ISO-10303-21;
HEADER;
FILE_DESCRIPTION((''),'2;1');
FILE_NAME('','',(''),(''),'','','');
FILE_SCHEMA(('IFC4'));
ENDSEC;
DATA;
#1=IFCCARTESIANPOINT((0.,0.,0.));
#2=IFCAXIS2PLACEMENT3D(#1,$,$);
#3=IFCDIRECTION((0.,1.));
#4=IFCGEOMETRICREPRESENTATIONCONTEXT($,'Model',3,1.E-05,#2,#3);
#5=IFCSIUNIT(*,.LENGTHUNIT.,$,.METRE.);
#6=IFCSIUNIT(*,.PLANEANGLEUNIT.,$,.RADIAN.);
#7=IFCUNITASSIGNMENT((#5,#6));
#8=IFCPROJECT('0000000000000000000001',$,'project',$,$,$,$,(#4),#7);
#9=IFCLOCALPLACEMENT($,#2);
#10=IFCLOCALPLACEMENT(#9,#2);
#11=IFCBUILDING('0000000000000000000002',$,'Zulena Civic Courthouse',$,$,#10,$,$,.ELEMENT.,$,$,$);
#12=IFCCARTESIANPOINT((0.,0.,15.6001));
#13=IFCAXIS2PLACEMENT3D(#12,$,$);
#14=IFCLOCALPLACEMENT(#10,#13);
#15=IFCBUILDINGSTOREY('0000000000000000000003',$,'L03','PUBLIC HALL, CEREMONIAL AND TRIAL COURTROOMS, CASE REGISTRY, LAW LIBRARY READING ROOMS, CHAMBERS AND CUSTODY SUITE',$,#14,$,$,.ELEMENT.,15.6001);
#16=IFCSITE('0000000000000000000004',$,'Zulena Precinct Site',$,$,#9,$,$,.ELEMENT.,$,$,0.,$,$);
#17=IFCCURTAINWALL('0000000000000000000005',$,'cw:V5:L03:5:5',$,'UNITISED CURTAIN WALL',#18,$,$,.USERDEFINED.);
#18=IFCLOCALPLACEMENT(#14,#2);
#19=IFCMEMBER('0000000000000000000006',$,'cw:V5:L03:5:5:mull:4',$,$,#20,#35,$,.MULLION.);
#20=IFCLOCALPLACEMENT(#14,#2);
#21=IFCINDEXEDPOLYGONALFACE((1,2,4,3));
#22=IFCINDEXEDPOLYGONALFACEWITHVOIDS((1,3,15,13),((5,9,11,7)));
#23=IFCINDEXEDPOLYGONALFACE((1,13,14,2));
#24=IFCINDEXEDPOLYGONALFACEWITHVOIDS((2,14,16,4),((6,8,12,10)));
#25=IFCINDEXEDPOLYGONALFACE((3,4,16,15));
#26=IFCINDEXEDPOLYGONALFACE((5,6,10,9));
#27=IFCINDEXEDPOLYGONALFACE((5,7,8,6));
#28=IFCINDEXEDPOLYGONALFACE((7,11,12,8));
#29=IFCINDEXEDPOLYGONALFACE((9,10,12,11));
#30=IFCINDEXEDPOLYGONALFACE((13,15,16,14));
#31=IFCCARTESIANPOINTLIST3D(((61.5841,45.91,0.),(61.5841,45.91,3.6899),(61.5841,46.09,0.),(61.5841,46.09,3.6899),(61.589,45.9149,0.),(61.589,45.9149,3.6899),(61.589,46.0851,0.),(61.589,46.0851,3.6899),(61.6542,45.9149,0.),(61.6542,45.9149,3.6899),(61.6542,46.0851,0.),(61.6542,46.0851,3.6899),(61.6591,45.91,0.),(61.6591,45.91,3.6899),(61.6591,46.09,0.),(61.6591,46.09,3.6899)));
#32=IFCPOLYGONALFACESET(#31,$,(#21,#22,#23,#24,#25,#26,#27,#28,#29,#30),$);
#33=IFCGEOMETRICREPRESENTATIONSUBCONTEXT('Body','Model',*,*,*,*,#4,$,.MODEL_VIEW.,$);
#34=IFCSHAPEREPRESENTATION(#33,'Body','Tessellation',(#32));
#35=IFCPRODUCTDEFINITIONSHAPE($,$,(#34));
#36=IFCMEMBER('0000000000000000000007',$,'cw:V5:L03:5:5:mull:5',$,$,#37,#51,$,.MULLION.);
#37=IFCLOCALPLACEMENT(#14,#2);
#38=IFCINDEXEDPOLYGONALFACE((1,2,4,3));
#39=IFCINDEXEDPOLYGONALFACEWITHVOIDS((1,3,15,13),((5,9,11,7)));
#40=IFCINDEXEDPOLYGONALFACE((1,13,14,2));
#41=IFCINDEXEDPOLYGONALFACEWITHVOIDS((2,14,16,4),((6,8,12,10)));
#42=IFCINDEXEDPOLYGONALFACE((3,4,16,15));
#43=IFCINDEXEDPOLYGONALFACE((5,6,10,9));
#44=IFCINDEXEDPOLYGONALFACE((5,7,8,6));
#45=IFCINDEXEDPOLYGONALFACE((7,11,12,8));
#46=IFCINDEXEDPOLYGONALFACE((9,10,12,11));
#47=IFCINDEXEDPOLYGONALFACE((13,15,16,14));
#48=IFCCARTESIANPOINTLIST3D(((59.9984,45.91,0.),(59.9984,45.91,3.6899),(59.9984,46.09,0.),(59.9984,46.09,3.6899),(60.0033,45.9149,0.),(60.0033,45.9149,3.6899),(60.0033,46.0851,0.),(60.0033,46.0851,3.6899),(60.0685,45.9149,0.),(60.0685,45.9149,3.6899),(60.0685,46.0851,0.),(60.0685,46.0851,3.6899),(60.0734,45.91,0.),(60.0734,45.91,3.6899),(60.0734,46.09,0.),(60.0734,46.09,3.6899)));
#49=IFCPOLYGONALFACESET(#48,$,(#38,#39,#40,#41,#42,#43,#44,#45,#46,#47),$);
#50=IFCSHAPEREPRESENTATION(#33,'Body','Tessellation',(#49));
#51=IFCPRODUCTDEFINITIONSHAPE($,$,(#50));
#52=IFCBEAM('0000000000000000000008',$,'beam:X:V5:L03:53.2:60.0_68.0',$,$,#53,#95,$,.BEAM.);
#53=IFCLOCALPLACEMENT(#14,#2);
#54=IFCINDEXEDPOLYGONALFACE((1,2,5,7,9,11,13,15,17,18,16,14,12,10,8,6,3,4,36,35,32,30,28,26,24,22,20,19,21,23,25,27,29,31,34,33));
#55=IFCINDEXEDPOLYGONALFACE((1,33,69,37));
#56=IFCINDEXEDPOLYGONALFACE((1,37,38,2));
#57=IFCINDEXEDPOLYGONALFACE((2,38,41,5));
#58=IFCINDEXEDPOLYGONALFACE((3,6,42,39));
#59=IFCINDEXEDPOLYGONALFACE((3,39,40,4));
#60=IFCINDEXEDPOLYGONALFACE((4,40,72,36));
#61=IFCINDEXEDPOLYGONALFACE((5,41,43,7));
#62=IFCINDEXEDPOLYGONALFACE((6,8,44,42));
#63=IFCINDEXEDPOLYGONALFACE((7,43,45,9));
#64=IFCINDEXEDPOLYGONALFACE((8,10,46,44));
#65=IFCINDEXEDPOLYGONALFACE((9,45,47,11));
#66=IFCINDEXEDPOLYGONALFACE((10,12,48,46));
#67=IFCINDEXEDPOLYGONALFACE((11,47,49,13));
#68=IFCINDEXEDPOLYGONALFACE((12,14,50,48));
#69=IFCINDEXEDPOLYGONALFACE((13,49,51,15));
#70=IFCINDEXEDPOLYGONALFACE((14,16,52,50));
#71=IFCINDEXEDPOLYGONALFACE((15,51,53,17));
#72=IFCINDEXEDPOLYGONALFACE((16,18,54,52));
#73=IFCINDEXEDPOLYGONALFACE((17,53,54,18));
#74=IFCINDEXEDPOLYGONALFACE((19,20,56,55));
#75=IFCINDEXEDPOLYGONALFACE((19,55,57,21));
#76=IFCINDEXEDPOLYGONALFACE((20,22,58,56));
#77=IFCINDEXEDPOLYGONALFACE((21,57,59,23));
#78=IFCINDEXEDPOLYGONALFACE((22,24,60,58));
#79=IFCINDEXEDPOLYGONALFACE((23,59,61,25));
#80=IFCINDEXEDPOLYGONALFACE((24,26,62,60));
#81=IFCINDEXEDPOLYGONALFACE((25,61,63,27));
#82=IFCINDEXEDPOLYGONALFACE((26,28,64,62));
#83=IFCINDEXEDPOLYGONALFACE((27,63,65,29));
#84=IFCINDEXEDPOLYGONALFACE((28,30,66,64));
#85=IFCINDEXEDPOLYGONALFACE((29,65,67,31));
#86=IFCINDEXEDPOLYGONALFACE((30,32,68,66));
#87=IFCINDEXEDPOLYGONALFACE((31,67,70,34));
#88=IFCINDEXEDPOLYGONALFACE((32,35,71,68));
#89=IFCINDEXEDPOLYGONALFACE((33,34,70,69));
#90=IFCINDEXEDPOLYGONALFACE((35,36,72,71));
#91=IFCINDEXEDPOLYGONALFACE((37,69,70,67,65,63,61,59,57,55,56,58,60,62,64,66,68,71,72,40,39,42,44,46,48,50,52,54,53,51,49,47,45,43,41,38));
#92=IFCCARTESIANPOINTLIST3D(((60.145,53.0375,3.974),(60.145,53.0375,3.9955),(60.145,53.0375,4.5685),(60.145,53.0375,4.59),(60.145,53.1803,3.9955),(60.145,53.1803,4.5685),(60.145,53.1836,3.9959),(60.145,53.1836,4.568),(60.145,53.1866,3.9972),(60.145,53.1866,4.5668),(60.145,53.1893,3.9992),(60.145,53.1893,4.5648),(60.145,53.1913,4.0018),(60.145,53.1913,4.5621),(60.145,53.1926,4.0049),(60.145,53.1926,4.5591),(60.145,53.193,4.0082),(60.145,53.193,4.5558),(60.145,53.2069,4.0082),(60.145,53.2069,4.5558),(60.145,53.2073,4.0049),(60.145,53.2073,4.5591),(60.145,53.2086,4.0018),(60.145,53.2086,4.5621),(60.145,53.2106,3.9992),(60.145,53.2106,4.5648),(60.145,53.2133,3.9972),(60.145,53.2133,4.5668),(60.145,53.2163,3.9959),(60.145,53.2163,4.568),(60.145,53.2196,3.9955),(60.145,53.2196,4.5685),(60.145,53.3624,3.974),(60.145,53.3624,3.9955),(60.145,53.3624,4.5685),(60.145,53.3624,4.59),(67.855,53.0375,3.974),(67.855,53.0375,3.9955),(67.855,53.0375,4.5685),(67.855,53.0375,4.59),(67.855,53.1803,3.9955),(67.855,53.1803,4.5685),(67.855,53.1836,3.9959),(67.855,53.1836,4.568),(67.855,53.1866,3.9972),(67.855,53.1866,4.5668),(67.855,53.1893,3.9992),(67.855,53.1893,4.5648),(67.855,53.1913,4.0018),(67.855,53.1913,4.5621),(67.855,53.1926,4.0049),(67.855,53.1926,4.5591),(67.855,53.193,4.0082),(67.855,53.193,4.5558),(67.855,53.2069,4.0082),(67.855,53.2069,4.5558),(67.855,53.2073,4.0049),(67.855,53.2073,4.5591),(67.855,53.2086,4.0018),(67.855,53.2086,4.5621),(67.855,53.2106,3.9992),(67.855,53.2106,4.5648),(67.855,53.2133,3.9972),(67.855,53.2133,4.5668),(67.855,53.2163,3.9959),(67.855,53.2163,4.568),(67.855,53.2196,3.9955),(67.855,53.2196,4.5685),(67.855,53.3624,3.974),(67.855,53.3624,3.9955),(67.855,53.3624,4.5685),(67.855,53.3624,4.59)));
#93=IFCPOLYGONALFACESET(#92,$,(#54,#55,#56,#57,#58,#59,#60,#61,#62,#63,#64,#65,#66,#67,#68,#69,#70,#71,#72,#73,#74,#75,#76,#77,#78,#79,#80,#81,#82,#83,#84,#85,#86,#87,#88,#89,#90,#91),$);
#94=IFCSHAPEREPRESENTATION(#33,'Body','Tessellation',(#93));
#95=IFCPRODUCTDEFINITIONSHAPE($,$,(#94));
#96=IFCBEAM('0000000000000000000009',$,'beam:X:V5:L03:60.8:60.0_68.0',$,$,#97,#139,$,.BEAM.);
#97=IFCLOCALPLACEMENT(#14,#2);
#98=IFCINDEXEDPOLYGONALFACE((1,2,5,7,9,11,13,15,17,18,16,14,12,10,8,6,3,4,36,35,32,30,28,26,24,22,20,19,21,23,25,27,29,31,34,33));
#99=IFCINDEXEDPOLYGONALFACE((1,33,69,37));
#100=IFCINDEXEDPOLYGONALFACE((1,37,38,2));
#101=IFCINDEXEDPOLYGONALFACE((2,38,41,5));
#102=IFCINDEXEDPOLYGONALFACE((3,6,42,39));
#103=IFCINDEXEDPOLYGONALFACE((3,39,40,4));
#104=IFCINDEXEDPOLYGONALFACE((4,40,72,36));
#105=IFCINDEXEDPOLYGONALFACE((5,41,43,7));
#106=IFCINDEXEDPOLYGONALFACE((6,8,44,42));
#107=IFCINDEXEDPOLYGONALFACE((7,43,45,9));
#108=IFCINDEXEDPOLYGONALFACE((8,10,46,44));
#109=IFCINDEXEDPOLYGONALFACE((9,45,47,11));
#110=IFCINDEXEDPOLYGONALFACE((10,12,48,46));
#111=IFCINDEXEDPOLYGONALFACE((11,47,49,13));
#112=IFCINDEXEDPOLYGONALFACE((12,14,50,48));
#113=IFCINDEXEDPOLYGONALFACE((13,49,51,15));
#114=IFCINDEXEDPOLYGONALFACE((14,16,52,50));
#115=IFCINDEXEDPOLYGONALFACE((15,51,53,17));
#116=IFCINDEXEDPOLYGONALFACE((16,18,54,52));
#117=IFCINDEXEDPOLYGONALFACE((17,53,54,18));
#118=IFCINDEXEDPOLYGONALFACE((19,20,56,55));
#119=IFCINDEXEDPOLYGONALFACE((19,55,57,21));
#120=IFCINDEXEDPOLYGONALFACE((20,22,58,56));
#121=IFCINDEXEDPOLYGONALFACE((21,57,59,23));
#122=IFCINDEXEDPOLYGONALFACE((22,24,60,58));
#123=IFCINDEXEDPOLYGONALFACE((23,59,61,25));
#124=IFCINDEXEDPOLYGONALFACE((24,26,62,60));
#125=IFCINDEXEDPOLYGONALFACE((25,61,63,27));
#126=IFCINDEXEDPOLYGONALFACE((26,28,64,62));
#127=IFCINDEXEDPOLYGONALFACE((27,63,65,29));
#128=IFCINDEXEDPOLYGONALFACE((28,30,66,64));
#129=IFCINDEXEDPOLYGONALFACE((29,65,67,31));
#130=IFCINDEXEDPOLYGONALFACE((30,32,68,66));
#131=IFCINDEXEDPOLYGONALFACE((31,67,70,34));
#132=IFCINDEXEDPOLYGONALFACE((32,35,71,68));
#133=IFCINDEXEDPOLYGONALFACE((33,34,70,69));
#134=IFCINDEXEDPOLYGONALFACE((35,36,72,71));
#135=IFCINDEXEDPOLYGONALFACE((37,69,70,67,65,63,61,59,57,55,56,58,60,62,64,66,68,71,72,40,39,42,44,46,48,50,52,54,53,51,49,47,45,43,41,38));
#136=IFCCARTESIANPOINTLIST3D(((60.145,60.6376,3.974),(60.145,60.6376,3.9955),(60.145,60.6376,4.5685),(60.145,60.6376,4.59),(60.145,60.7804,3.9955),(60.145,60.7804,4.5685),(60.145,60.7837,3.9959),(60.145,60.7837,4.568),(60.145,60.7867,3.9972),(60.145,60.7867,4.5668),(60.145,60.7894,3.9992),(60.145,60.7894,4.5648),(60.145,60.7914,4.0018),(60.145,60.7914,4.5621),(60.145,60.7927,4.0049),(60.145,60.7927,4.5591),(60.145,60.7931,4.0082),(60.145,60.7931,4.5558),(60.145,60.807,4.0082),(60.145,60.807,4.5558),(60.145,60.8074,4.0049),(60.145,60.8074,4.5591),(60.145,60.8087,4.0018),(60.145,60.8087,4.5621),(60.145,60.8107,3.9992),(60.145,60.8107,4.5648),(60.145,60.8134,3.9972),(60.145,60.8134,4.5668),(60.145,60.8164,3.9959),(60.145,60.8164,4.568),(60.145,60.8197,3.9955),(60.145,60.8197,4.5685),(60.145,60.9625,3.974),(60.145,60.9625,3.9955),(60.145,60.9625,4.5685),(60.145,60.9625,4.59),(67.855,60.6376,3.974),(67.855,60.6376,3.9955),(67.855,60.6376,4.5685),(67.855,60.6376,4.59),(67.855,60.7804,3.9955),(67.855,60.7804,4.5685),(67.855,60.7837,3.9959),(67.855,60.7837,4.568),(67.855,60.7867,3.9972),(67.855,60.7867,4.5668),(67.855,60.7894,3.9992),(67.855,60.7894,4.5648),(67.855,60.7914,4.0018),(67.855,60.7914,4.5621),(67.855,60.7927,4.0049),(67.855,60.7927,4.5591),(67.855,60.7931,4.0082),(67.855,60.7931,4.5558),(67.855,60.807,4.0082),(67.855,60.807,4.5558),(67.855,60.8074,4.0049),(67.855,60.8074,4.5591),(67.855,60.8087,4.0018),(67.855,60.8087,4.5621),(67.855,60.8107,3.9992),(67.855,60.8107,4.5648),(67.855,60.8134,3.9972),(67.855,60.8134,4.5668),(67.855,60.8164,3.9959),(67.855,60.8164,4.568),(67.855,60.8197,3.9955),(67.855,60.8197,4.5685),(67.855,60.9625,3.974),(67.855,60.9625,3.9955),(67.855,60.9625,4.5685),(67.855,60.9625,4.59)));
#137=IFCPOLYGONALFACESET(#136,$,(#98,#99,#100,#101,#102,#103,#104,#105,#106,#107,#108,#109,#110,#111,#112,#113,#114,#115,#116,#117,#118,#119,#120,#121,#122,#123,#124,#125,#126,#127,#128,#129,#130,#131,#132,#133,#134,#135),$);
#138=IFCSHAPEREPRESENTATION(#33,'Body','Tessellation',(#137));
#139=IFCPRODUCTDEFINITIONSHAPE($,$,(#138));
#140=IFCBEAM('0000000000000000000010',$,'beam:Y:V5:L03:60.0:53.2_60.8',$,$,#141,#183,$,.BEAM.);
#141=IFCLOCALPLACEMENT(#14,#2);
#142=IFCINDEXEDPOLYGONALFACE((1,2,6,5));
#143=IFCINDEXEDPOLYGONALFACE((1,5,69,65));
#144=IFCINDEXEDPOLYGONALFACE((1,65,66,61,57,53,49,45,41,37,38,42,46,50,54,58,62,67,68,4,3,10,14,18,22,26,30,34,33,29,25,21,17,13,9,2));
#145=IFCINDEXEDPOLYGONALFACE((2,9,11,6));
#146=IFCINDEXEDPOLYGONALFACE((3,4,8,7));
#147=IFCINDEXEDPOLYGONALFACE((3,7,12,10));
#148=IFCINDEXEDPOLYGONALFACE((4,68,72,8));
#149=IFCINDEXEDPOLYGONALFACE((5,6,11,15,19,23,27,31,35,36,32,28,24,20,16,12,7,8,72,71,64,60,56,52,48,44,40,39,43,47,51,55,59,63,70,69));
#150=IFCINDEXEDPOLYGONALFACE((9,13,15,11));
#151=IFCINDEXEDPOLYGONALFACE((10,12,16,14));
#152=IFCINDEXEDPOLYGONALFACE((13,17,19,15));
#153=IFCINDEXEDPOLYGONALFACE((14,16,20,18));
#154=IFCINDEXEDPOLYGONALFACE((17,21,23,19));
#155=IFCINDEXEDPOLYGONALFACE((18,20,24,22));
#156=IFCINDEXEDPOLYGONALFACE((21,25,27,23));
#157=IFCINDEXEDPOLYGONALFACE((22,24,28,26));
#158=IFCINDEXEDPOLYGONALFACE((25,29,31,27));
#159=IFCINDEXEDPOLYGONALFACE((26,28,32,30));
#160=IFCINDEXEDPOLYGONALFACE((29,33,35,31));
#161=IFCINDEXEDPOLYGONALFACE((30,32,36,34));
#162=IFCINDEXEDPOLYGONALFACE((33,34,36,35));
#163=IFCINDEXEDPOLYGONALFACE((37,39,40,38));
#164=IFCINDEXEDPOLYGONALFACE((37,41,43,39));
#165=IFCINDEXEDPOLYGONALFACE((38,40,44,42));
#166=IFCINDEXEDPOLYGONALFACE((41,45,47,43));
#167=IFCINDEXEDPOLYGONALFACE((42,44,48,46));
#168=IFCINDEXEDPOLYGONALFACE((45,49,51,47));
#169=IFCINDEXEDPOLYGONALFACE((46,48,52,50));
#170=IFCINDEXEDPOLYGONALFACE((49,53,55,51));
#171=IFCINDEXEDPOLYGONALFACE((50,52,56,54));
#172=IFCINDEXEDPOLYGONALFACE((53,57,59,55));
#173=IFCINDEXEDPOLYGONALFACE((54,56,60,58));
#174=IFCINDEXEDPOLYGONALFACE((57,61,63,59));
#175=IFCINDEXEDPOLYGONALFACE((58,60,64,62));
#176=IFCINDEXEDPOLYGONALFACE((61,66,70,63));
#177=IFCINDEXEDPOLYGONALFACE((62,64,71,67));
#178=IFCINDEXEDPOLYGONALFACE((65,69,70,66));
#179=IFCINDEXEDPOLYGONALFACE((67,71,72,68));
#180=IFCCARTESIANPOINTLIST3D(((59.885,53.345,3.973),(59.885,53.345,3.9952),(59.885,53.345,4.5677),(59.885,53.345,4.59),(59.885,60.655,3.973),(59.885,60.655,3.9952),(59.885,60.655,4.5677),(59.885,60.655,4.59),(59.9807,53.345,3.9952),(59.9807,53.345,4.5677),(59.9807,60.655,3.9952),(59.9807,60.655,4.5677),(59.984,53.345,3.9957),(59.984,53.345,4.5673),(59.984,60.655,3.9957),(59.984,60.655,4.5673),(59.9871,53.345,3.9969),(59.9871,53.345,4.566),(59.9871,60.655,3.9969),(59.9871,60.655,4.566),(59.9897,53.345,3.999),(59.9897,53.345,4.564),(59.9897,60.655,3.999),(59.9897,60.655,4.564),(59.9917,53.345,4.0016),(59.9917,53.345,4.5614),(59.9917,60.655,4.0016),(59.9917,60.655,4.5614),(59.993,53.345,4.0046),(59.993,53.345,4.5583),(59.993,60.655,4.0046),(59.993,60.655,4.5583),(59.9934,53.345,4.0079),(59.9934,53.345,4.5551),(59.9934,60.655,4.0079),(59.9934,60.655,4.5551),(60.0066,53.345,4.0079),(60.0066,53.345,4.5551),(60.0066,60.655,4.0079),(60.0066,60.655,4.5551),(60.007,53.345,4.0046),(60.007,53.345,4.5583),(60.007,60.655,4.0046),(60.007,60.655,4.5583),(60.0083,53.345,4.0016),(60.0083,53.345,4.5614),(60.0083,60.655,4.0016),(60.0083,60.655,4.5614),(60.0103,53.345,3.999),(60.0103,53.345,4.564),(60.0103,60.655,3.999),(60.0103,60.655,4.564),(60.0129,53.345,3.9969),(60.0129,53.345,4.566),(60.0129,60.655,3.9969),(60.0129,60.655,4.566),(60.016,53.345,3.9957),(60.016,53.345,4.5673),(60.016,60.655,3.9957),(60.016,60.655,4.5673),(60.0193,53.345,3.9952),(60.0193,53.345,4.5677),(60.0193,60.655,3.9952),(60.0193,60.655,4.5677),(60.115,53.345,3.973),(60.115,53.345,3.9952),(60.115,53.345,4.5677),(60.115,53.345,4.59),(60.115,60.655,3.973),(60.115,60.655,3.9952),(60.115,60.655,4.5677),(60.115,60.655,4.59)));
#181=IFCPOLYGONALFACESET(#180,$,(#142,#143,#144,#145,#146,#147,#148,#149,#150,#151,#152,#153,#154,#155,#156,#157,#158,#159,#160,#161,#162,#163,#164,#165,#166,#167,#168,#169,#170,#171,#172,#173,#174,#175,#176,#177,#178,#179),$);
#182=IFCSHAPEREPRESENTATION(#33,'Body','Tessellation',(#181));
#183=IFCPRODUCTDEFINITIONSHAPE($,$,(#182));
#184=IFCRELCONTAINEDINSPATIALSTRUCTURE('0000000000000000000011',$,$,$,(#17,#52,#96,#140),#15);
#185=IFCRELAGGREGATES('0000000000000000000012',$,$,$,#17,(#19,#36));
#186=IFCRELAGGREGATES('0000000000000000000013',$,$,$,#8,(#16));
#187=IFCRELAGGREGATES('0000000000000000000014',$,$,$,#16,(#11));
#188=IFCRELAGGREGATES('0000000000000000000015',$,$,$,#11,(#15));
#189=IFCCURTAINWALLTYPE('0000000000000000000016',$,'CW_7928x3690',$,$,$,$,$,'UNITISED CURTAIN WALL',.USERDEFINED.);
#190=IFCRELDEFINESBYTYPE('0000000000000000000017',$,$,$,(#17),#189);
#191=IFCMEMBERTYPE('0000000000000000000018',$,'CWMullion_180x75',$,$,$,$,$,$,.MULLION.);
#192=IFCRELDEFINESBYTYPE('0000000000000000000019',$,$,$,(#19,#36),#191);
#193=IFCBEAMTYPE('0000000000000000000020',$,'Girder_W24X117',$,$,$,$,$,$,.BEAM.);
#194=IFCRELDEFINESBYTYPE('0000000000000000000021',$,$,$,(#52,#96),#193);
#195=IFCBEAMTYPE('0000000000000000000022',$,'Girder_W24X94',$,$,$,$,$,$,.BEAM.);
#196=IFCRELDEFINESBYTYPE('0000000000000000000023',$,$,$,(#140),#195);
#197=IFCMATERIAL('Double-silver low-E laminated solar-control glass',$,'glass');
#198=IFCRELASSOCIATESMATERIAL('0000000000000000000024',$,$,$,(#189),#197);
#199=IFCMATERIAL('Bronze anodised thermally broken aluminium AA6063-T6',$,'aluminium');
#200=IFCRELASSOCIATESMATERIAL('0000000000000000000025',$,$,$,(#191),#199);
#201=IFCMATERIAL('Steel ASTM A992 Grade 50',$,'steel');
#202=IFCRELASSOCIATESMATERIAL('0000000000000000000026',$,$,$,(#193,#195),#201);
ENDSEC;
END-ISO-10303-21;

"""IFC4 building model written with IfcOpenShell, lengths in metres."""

from ifc_helpers import new_model, si_unit, direction, frame, origin, origin_2d, place, context, subcontext, project, spatial, hollow_rectangle, i_section, extrude, material, material_profile, profile_set, type_object, element, aggregate, save


model = new_model("IFC4")

# Units and contexts
model_context = context("Model", 3, precision=1e-05, world=origin(), true_north=direction((0.0, 1.0)))
body_context = subcontext(model_context, "Body", "Model", "MODEL_VIEW")
ifc_project = project(units=[si_unit("LENGTHUNIT", "METRE"), si_unit("PLANEANGLEUNIT", "RADIAN")], contexts=[model_context])

# Site, building, storey
site_placement = place(None, origin())
site = spatial("IfcSite", under=ifc_project, at=site_placement, Name="Zulena Precinct Site", CompositionType="ELEMENT", RefElevation=0.0)
building_placement = place(site_placement, origin())
building = spatial("IfcBuilding", under=site, at=building_placement, Name="Zulena Civic Courthouse", CompositionType="ELEMENT")
storey_placement = place(building_placement, frame((0.0, 0.0, 15.6001)))
storey = spatial("IfcBuildingStorey", under=building, at=storey_placement, Name="L03", Description="PUBLIC HALL, CEREMONIAL AND TRIAL COURTROOMS, CASE REGISTRY, LAW LIBRARY READING ROOMS, CHAMBERS AND CUSTODY SUITE", CompositionType="ELEMENT", Elevation=15.6001)

# Shared definitions
ifc_material_1 = material(Name="Steel ASTM A992 Grade 50", Category="steel")

# Curtain wall, members
ifc_material_2 = material(Name="Double-silver low-E laminated solar-control glass", Category="glass")
curtain_wall_type = type_object("IfcCurtainWallType", Name="CW_7928x3690", ElementType="UNITISED CURTAIN WALL", PredefinedType="USERDEFINED", material=ifc_material_2)
curtain_wall_placement = place(storey_placement, origin())
curtain_wall = element("IfcCurtainWall", 1, at=curtain_wall_placement, inside=storey, type_object=curtain_wall_type, Name="cw:V5:L03:5:5", ObjectType="UNITISED CURTAIN WALL", PredefinedType="USERDEFINED")
ifc_material_3 = material(Name="Bronze anodised thermally broken aluminium AA6063-T6", Category="aluminium")
ifc_material_profile_1 = material_profile(ifc_material_3, hollow_rectangle(XDim=0.075, YDim=0.1799, WallThickness=0.0049, at=origin_2d()), Name="CWM180X75X5")
ifc_profile_set_1 = profile_set([ifc_material_profile_1], Name="Bronze anodised thermally broken aluminium AA6063-T6")
member_type = type_object("IfcMemberType", Name="CWMullion_180x75", PredefinedType="MULLION", material=ifc_profile_set_1)
member_1_placement = place(storey_placement, frame((61.6216, 46.0, 0.0), z_axis=(0.0, 0.0, 1.0), x_axis=(1.0, 0.0, 0.0)))
member_1 = element("IfcMember", 2, at=member_1_placement, type_object=member_type, Name="cw:V5:L03:5:5:mull:4", PredefinedType="MULLION", context=body_context, shape_type="SweptSolid", body=[
    extrude(hollow_rectangle(XDim=0.075, YDim=0.1799, WallThickness=0.0049, at=origin_2d()), origin(), (0.0, 0.0, 1.0), 3.6899),
])
member_2_placement = place(storey_placement, frame((60.0359, 46.0, 0.0), z_axis=(0.0, 0.0, 1.0), x_axis=(1.0, 0.0, 0.0)))
member_2 = element("IfcMember", 3, at=member_2_placement, type_object=member_type, Name="cw:V5:L03:5:5:mull:5", PredefinedType="MULLION", context=body_context, shape_type="SweptSolid", body=[
    extrude(hollow_rectangle(XDim=0.075, YDim=0.1799, WallThickness=0.0049, at=origin_2d()), origin(), (0.0, 0.0, 1.0), 3.6899),
])

# Beams
ifc_material_profile_2 = material_profile(ifc_material_1, i_section(OverallWidth=0.325, OverallDepth=0.616, WebThickness=0.0139, FlangeThickness=0.0215, FilletRadius=0.0127, at=origin_2d()), Name="W24X117")
ifc_profile_set_2 = profile_set([ifc_material_profile_2], Name="Steel ASTM A992 Grade 50")
beam_type_1 = type_object("IfcBeamType", Name="Girder_W24X117", PredefinedType="BEAM", material=ifc_profile_set_2)
for number, where, z_axis, x_axis, name in (
    (4, (60.145, 53.2, 4.282), (1.0, 0.0, 0.0), (0.0, 1.0, 0.0), "beam:X:V5:L03:53.2:60.0_68.0"),
    (5, (60.145, 60.8, 4.282), (1.0, 0.0, 0.0), (0.0, 1.0, 0.0), "beam:X:V5:L03:60.8:60.0_68.0"),
):
    element("IfcBeam", number, at=place(storey_placement, frame(where, z_axis=z_axis, x_axis=x_axis)), inside=storey, type_object=beam_type_1, Name=name, PredefinedType="BEAM", context=body_context, shape_type="SweptSolid", body=[
        extrude(i_section(OverallWidth=0.325, OverallDepth=0.616, WebThickness=0.0139, FlangeThickness=0.0215, FilletRadius=0.0127, at=origin_2d()), origin(), (0.0, 0.0, 1.0), 7.71),
    ])
ifc_material_profile_3 = material_profile(ifc_material_1, i_section(OverallWidth=0.23, OverallDepth=0.6169, WebThickness=0.0132, FlangeThickness=0.0222, FilletRadius=0.0127, at=origin_2d()), Name="W24X94")
ifc_profile_set_3 = profile_set([ifc_material_profile_3], Name="Steel ASTM A992 Grade 50")
beam_type_2 = type_object("IfcBeamType", Name="Girder_W24X94", PredefinedType="BEAM", material=ifc_profile_set_3)
beam_1_placement = place(storey_placement, frame((60.0, 53.345, 4.2815), z_axis=(0.0, 1.0, 0.0), x_axis=(-1.0, 0.0, 0.0)))
element("IfcBeam", 6, at=beam_1_placement, inside=storey, type_object=beam_type_2, Name="beam:Y:V5:L03:60.0:53.2_60.8", PredefinedType="BEAM", context=body_context, shape_type="SweptSolid", body=[
    extrude(i_section(OverallWidth=0.23, OverallDepth=0.6169, WebThickness=0.0132, FlangeThickness=0.0222, FilletRadius=0.0127, at=origin_2d()), origin(), (0.0, 0.0, 1.0), 7.3101),
])

aggregate(curtain_wall, [member_1, member_2])

save(model, "model.ifc")
